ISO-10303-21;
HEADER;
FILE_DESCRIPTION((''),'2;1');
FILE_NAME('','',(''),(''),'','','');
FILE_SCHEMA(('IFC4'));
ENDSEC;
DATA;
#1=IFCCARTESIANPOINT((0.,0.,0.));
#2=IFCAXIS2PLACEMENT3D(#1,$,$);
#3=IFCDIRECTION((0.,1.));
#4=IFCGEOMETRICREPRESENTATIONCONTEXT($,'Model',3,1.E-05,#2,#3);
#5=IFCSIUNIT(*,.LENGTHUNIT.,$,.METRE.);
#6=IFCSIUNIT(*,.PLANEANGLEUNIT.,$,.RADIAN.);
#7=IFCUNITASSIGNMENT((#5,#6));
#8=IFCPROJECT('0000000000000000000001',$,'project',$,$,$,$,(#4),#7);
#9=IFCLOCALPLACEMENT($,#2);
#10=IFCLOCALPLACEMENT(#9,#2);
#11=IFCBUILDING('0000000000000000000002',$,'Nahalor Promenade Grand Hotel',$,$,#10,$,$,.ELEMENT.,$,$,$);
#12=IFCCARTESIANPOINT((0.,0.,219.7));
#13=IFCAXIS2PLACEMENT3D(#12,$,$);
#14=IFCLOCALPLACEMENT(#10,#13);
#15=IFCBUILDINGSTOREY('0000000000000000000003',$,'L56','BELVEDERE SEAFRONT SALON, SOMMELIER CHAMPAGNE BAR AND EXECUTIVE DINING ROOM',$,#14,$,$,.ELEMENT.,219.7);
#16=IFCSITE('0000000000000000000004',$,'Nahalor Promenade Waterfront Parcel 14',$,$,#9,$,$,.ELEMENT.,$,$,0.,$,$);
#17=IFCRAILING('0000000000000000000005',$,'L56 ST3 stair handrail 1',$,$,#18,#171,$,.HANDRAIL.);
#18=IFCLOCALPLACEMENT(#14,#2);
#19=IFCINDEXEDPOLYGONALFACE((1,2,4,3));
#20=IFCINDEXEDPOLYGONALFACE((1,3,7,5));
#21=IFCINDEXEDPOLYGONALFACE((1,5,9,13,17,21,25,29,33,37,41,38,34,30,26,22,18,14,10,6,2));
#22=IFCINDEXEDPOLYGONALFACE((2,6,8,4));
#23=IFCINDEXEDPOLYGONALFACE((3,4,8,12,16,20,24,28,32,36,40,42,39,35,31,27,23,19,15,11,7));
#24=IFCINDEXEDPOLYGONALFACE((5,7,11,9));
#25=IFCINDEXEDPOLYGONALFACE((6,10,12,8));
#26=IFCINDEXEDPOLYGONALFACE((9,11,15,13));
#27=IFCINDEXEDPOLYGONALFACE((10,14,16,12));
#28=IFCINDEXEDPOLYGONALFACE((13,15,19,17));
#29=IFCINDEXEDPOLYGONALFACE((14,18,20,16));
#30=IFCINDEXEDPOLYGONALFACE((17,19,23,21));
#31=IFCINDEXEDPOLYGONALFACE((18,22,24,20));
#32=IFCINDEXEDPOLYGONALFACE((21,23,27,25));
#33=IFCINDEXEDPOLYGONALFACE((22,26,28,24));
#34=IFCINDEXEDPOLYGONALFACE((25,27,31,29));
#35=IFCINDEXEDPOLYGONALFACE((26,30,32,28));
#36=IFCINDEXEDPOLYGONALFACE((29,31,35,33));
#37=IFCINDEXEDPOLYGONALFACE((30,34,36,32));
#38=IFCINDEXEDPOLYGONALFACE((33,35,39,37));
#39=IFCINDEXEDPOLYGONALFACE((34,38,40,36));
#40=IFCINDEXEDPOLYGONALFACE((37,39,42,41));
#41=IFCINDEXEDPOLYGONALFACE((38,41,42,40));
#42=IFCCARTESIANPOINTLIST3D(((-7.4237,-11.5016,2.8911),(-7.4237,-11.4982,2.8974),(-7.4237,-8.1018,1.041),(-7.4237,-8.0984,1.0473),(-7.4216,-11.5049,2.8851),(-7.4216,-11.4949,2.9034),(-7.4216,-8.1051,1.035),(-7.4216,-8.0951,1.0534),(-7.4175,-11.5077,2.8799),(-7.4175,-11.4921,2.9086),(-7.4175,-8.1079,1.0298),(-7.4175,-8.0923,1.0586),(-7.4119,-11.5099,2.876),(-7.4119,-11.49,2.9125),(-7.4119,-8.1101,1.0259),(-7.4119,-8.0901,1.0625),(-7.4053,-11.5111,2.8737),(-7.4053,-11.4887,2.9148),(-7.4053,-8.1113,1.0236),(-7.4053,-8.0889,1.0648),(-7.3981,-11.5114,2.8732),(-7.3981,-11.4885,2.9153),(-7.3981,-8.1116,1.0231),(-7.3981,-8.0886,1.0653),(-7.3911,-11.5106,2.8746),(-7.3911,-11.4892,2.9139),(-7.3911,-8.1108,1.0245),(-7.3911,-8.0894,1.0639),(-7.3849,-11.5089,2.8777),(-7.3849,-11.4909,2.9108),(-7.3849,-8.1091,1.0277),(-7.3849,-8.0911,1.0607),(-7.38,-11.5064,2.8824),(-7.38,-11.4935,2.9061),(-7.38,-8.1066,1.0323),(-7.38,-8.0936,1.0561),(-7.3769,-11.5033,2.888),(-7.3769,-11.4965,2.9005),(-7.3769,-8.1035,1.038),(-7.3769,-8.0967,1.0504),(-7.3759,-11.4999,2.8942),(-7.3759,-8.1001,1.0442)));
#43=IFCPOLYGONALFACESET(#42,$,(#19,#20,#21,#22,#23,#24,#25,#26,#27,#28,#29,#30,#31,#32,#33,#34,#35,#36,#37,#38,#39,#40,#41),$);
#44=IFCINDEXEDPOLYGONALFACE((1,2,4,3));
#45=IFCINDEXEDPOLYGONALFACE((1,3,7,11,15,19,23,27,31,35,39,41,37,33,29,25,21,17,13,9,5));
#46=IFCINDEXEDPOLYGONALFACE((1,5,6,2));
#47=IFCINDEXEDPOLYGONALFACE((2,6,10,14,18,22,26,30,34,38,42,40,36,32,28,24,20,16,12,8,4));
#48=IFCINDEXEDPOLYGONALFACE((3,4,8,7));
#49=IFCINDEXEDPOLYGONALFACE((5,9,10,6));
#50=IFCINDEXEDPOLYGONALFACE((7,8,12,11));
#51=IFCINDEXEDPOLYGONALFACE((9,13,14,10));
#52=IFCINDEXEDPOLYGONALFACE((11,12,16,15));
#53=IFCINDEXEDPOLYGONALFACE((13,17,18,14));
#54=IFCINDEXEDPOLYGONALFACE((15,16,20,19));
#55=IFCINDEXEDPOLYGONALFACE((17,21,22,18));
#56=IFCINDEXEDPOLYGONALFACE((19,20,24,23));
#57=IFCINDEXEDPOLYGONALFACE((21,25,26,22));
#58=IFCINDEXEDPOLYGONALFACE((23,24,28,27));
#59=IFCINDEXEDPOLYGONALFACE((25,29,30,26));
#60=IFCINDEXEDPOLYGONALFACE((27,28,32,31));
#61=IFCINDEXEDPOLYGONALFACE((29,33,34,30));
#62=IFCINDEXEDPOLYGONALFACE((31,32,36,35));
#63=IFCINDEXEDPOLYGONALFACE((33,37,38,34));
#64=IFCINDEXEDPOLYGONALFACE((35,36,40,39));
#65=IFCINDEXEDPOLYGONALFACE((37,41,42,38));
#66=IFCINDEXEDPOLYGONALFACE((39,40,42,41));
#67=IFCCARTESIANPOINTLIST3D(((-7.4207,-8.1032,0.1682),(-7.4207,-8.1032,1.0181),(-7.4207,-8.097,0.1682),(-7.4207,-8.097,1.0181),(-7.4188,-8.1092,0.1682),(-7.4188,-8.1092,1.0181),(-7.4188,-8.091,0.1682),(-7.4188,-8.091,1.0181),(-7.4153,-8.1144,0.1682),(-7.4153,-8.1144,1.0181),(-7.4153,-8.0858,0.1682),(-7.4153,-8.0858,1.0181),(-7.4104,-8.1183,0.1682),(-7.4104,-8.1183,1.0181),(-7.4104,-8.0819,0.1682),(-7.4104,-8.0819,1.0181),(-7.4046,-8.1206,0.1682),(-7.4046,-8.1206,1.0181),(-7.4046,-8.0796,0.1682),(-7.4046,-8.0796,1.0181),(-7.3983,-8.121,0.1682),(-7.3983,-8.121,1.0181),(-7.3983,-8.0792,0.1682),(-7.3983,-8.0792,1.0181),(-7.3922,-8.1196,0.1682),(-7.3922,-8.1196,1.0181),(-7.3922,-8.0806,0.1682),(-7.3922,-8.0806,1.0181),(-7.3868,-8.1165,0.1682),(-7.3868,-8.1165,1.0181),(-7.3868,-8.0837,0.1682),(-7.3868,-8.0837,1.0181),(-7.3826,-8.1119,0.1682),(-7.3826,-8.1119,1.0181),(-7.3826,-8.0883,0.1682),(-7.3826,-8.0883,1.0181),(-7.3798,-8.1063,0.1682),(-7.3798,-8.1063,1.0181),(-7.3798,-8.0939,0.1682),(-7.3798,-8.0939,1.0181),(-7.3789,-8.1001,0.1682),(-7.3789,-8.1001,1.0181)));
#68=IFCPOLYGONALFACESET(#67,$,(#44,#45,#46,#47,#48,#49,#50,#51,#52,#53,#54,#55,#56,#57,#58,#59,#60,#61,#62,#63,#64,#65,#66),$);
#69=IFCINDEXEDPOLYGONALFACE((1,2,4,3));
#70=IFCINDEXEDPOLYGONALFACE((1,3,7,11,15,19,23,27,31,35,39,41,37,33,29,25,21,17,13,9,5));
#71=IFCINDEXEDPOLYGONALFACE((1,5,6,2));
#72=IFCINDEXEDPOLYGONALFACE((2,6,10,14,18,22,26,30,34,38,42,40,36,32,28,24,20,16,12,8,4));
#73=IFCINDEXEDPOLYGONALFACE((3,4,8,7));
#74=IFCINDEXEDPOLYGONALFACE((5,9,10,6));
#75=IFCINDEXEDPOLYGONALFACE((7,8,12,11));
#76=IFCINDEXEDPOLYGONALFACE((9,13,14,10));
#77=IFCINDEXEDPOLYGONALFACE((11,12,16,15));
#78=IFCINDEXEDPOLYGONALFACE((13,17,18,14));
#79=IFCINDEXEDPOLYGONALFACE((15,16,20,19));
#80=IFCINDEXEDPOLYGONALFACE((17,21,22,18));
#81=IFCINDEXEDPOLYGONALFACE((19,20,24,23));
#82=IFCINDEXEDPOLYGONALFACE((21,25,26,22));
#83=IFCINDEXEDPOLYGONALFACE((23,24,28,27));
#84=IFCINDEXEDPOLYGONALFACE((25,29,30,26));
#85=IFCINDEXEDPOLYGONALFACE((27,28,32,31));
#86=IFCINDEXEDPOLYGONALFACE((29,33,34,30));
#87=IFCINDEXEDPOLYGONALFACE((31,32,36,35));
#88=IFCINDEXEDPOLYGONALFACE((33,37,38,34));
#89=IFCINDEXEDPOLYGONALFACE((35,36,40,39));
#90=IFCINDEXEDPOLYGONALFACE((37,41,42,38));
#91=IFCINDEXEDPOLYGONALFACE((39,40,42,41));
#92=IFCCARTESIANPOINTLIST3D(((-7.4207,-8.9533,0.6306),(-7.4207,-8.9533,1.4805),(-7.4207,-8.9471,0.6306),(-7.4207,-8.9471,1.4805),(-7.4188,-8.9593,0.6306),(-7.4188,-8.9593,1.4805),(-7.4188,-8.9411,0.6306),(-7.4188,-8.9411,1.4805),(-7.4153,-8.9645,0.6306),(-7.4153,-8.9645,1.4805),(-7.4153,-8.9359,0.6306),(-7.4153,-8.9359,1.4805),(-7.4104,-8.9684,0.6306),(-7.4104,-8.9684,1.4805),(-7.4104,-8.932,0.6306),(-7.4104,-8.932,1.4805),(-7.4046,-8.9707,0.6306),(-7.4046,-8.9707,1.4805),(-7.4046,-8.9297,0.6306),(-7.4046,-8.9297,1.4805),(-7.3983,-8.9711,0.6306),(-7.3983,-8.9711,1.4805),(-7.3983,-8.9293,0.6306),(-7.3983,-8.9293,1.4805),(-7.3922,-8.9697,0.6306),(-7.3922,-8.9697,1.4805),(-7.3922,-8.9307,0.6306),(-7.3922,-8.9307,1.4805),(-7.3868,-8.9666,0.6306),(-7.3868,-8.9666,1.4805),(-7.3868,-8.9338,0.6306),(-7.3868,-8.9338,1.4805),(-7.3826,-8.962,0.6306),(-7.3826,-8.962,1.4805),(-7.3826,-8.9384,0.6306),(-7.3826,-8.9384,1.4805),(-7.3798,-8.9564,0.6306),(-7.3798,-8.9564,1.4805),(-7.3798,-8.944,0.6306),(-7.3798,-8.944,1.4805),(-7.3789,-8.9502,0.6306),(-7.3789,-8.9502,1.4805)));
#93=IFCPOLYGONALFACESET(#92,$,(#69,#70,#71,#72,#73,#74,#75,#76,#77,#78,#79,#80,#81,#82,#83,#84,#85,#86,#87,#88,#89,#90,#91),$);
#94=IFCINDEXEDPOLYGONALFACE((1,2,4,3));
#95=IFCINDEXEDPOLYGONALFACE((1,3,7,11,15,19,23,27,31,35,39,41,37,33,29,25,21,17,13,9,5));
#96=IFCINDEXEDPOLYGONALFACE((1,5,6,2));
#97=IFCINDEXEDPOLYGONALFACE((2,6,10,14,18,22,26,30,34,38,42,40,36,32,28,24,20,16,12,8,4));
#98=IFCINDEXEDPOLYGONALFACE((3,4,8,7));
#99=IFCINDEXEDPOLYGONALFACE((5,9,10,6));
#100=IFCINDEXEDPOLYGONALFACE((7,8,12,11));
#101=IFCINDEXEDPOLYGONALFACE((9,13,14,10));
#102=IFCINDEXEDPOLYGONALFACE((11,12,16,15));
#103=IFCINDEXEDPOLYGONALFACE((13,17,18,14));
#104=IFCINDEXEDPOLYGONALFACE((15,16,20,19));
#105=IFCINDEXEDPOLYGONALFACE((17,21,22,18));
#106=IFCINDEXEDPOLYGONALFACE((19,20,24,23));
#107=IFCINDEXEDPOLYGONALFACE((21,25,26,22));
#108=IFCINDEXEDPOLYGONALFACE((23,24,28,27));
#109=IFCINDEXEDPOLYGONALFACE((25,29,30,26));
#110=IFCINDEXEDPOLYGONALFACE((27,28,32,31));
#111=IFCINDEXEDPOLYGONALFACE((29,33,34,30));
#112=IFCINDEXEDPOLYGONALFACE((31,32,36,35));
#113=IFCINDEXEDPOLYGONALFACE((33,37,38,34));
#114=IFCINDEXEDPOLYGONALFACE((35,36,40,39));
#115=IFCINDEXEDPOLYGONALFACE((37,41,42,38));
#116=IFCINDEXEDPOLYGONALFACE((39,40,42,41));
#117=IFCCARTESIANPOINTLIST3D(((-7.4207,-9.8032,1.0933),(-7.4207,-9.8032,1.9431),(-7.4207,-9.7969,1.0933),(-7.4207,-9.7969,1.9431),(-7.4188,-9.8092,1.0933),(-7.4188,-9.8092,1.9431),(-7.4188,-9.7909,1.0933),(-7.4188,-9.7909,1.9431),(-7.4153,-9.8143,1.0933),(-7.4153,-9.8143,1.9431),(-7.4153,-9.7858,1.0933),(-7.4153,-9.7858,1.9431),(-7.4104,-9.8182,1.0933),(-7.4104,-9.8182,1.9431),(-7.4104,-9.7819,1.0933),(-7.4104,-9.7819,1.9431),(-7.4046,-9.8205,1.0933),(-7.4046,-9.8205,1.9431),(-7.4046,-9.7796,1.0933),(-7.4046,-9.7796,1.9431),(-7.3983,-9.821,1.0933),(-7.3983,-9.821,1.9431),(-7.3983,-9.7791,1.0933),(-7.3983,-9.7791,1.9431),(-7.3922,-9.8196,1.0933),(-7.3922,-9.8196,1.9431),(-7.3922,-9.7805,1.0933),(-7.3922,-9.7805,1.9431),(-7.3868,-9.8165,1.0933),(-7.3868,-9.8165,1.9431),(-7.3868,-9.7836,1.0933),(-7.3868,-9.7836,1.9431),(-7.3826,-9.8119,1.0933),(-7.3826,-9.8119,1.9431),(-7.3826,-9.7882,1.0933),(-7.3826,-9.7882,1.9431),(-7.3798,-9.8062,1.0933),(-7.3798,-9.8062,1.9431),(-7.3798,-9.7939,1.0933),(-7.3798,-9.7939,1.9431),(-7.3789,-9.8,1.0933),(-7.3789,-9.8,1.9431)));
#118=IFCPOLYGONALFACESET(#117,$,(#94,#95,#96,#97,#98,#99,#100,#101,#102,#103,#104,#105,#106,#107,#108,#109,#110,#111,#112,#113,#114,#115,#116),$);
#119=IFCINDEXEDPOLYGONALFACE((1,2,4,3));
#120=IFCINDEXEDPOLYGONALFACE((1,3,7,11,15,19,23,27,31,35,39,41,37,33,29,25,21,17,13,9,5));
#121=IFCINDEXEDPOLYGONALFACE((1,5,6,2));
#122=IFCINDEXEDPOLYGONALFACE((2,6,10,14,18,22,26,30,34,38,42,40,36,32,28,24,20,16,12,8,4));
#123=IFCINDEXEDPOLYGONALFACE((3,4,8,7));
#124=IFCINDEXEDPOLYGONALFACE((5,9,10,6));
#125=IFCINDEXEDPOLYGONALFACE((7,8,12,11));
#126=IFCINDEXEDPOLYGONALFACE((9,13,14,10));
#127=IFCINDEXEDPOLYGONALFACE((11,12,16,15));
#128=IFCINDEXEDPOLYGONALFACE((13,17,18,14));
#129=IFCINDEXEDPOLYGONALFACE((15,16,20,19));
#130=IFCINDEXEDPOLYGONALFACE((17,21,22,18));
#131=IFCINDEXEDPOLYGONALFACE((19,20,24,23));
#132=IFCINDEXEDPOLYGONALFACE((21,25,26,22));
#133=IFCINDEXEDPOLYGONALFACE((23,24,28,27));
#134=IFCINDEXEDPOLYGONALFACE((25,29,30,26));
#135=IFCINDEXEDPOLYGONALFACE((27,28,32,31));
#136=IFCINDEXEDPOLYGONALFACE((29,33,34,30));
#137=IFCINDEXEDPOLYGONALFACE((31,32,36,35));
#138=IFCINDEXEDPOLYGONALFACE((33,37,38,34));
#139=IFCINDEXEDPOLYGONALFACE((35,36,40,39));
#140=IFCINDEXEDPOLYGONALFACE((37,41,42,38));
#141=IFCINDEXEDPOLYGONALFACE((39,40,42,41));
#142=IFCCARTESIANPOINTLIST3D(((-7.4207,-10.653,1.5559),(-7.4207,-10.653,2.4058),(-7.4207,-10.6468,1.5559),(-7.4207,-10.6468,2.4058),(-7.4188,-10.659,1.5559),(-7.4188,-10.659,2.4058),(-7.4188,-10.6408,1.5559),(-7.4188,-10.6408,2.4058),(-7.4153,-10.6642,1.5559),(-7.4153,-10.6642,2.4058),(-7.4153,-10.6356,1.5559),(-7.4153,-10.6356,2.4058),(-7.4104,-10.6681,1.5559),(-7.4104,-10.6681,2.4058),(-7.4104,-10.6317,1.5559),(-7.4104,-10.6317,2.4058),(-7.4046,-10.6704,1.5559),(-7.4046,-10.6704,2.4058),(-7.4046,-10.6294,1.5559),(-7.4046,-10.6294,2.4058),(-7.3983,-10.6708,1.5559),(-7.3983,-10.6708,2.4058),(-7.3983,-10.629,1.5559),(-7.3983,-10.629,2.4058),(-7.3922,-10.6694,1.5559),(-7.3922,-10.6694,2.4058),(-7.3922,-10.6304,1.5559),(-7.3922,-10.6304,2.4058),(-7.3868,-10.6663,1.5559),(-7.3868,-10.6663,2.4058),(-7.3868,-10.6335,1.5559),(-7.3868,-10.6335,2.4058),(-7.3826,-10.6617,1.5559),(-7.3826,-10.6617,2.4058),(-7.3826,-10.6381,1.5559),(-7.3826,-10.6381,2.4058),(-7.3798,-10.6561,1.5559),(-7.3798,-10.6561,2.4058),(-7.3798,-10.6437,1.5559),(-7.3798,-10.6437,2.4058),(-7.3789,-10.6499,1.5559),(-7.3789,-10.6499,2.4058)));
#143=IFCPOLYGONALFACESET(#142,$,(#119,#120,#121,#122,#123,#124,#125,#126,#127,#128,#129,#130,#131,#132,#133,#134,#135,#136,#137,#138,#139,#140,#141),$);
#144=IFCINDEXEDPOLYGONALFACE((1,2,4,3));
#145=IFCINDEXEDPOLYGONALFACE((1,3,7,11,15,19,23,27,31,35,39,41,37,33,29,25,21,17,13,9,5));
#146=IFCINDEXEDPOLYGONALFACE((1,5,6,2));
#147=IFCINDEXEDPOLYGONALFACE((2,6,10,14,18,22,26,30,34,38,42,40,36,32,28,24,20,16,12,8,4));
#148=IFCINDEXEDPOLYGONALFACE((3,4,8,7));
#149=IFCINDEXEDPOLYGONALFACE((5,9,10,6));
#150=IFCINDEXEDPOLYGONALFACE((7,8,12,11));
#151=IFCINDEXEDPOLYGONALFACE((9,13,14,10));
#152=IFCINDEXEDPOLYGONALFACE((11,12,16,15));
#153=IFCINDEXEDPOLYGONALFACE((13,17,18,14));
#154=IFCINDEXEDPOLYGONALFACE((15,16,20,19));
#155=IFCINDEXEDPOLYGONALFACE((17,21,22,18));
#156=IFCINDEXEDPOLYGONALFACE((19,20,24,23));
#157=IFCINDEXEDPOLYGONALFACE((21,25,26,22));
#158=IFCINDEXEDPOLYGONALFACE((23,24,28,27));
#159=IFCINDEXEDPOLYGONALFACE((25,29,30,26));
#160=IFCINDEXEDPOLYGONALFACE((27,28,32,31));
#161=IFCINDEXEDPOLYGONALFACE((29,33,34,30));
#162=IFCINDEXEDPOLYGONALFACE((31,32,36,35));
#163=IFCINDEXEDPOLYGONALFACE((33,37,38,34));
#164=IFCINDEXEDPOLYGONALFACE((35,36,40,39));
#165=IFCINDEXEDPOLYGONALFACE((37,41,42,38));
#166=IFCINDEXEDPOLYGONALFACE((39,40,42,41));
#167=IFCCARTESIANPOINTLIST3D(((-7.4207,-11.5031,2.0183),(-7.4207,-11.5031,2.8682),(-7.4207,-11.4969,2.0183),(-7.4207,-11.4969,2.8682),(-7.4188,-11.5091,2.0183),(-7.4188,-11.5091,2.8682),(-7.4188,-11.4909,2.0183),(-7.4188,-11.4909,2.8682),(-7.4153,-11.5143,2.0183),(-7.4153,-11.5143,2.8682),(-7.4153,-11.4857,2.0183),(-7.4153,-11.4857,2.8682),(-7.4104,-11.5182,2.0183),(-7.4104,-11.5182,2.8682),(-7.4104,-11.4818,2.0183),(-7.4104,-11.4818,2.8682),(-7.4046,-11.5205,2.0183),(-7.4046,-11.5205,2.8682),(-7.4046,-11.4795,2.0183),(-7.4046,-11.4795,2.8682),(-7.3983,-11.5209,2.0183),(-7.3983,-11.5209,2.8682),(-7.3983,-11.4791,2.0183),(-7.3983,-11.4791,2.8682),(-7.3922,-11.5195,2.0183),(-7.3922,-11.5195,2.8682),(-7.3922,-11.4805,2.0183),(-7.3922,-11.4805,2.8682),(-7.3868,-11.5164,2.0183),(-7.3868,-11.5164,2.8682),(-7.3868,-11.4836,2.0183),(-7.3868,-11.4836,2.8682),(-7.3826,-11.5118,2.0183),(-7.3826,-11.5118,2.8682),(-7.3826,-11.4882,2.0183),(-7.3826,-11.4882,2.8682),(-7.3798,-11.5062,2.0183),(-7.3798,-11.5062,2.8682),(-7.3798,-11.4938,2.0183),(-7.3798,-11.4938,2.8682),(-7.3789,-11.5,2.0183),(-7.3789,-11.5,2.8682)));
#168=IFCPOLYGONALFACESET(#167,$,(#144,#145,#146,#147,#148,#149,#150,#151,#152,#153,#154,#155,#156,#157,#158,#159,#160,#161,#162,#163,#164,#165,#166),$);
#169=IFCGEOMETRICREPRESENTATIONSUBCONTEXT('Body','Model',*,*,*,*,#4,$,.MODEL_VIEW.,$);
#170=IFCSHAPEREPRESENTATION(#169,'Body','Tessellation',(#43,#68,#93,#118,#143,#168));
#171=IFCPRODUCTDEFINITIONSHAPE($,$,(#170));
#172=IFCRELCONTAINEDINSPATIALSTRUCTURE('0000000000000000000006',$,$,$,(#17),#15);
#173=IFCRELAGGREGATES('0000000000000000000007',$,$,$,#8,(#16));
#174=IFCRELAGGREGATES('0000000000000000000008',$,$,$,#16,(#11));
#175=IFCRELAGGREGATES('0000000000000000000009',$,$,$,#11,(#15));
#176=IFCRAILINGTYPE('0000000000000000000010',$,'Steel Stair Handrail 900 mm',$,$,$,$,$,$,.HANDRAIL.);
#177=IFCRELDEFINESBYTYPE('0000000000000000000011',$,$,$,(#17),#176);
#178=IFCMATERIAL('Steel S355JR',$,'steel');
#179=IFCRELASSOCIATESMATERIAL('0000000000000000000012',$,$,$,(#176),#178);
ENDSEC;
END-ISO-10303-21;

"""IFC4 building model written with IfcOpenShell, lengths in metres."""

from ifc_helpers import new_model, si_unit, direction, frame, origin, origin_2d, place, context, subcontext, project, spatial, circle, extrude, material, type_object, element, save


model = new_model("IFC4")

# Units and contexts
model_context = context("Model", 3, precision=1e-05, world=origin(), true_north=direction((0.0, 1.0)))
body_context = subcontext(model_context, "Body", "Model", "MODEL_VIEW")
ifc_project = project(units=[si_unit("LENGTHUNIT", "METRE"), si_unit("PLANEANGLEUNIT", "RADIAN")], contexts=[model_context])

# Site, building, storey
site_placement = place(None, origin())
site = spatial("IfcSite", under=ifc_project, at=site_placement, Name="Nahalor Promenade Waterfront Parcel 14", CompositionType="ELEMENT", RefElevation=0.0)
building_placement = place(site_placement, origin())
building = spatial("IfcBuilding", under=site, at=building_placement, Name="Nahalor Promenade Grand Hotel", CompositionType="ELEMENT")
storey_placement = place(building_placement, frame((0.0, 0.0, 219.7)))
storey = spatial("IfcBuildingStorey", under=building, at=storey_placement, Name="L56", Description="BELVEDERE SEAFRONT SALON, SOMMELIER CHAMPAGNE BAR AND EXECUTIVE DINING ROOM", CompositionType="ELEMENT", Elevation=219.7)

# Shared definitions
ifc_material_1 = material(Name="Steel S355JR", Category="steel")

# Railing
railing_type_1 = type_object("IfcRailingType", Name="Steel Stair Handrail 900 mm", PredefinedType="HANDRAIL", material=ifc_material_1)
for number, where, name in (
    (1, (-7.3999, -8.1001, 0.1682), "L56 ST3 stair handrail 1"),
):
    element("IfcRailing", number, at=place(storey_placement, frame(where)), inside=storey, type_object=railing_type_1, Name=name, PredefinedType="HANDRAIL", context=body_context, shape_type="SweptSolid", body=[
        extrude(circle(Radius=0.024, at=origin_2d()), frame((0.0, 0.0, 0.876), z_axis=(0.0, -0.878372, 0.477977), x_axis=(1.0, 0.0, 0.0)), (0.0, 0.0, 1.0), 3.8706),
        extrude(circle(Radius=0.021, at=origin_2d()), origin(), (0.0, 0.0, 1.0), 0.8499),
        extrude(circle(Radius=0.021, at=origin_2d()), frame((0.0, -0.8501, 0.4624)), (0.0, 0.0, 1.0), 0.8499),
        extrude(circle(Radius=0.021, at=origin_2d()), frame((0.0, -1.7, 0.925)), (0.0, 0.0, 1.0), 0.8499),
        extrude(circle(Radius=0.021, at=origin_2d()), frame((0.0, -2.5498, 1.3877)), (0.0, 0.0, 1.0), 0.8499),
        extrude(circle(Radius=0.021, at=origin_2d()), frame((0.0, -3.3999, 1.8501)), (0.0, 0.0, 1.0), 0.8499),
    ])

save(model, "model.ifc")
